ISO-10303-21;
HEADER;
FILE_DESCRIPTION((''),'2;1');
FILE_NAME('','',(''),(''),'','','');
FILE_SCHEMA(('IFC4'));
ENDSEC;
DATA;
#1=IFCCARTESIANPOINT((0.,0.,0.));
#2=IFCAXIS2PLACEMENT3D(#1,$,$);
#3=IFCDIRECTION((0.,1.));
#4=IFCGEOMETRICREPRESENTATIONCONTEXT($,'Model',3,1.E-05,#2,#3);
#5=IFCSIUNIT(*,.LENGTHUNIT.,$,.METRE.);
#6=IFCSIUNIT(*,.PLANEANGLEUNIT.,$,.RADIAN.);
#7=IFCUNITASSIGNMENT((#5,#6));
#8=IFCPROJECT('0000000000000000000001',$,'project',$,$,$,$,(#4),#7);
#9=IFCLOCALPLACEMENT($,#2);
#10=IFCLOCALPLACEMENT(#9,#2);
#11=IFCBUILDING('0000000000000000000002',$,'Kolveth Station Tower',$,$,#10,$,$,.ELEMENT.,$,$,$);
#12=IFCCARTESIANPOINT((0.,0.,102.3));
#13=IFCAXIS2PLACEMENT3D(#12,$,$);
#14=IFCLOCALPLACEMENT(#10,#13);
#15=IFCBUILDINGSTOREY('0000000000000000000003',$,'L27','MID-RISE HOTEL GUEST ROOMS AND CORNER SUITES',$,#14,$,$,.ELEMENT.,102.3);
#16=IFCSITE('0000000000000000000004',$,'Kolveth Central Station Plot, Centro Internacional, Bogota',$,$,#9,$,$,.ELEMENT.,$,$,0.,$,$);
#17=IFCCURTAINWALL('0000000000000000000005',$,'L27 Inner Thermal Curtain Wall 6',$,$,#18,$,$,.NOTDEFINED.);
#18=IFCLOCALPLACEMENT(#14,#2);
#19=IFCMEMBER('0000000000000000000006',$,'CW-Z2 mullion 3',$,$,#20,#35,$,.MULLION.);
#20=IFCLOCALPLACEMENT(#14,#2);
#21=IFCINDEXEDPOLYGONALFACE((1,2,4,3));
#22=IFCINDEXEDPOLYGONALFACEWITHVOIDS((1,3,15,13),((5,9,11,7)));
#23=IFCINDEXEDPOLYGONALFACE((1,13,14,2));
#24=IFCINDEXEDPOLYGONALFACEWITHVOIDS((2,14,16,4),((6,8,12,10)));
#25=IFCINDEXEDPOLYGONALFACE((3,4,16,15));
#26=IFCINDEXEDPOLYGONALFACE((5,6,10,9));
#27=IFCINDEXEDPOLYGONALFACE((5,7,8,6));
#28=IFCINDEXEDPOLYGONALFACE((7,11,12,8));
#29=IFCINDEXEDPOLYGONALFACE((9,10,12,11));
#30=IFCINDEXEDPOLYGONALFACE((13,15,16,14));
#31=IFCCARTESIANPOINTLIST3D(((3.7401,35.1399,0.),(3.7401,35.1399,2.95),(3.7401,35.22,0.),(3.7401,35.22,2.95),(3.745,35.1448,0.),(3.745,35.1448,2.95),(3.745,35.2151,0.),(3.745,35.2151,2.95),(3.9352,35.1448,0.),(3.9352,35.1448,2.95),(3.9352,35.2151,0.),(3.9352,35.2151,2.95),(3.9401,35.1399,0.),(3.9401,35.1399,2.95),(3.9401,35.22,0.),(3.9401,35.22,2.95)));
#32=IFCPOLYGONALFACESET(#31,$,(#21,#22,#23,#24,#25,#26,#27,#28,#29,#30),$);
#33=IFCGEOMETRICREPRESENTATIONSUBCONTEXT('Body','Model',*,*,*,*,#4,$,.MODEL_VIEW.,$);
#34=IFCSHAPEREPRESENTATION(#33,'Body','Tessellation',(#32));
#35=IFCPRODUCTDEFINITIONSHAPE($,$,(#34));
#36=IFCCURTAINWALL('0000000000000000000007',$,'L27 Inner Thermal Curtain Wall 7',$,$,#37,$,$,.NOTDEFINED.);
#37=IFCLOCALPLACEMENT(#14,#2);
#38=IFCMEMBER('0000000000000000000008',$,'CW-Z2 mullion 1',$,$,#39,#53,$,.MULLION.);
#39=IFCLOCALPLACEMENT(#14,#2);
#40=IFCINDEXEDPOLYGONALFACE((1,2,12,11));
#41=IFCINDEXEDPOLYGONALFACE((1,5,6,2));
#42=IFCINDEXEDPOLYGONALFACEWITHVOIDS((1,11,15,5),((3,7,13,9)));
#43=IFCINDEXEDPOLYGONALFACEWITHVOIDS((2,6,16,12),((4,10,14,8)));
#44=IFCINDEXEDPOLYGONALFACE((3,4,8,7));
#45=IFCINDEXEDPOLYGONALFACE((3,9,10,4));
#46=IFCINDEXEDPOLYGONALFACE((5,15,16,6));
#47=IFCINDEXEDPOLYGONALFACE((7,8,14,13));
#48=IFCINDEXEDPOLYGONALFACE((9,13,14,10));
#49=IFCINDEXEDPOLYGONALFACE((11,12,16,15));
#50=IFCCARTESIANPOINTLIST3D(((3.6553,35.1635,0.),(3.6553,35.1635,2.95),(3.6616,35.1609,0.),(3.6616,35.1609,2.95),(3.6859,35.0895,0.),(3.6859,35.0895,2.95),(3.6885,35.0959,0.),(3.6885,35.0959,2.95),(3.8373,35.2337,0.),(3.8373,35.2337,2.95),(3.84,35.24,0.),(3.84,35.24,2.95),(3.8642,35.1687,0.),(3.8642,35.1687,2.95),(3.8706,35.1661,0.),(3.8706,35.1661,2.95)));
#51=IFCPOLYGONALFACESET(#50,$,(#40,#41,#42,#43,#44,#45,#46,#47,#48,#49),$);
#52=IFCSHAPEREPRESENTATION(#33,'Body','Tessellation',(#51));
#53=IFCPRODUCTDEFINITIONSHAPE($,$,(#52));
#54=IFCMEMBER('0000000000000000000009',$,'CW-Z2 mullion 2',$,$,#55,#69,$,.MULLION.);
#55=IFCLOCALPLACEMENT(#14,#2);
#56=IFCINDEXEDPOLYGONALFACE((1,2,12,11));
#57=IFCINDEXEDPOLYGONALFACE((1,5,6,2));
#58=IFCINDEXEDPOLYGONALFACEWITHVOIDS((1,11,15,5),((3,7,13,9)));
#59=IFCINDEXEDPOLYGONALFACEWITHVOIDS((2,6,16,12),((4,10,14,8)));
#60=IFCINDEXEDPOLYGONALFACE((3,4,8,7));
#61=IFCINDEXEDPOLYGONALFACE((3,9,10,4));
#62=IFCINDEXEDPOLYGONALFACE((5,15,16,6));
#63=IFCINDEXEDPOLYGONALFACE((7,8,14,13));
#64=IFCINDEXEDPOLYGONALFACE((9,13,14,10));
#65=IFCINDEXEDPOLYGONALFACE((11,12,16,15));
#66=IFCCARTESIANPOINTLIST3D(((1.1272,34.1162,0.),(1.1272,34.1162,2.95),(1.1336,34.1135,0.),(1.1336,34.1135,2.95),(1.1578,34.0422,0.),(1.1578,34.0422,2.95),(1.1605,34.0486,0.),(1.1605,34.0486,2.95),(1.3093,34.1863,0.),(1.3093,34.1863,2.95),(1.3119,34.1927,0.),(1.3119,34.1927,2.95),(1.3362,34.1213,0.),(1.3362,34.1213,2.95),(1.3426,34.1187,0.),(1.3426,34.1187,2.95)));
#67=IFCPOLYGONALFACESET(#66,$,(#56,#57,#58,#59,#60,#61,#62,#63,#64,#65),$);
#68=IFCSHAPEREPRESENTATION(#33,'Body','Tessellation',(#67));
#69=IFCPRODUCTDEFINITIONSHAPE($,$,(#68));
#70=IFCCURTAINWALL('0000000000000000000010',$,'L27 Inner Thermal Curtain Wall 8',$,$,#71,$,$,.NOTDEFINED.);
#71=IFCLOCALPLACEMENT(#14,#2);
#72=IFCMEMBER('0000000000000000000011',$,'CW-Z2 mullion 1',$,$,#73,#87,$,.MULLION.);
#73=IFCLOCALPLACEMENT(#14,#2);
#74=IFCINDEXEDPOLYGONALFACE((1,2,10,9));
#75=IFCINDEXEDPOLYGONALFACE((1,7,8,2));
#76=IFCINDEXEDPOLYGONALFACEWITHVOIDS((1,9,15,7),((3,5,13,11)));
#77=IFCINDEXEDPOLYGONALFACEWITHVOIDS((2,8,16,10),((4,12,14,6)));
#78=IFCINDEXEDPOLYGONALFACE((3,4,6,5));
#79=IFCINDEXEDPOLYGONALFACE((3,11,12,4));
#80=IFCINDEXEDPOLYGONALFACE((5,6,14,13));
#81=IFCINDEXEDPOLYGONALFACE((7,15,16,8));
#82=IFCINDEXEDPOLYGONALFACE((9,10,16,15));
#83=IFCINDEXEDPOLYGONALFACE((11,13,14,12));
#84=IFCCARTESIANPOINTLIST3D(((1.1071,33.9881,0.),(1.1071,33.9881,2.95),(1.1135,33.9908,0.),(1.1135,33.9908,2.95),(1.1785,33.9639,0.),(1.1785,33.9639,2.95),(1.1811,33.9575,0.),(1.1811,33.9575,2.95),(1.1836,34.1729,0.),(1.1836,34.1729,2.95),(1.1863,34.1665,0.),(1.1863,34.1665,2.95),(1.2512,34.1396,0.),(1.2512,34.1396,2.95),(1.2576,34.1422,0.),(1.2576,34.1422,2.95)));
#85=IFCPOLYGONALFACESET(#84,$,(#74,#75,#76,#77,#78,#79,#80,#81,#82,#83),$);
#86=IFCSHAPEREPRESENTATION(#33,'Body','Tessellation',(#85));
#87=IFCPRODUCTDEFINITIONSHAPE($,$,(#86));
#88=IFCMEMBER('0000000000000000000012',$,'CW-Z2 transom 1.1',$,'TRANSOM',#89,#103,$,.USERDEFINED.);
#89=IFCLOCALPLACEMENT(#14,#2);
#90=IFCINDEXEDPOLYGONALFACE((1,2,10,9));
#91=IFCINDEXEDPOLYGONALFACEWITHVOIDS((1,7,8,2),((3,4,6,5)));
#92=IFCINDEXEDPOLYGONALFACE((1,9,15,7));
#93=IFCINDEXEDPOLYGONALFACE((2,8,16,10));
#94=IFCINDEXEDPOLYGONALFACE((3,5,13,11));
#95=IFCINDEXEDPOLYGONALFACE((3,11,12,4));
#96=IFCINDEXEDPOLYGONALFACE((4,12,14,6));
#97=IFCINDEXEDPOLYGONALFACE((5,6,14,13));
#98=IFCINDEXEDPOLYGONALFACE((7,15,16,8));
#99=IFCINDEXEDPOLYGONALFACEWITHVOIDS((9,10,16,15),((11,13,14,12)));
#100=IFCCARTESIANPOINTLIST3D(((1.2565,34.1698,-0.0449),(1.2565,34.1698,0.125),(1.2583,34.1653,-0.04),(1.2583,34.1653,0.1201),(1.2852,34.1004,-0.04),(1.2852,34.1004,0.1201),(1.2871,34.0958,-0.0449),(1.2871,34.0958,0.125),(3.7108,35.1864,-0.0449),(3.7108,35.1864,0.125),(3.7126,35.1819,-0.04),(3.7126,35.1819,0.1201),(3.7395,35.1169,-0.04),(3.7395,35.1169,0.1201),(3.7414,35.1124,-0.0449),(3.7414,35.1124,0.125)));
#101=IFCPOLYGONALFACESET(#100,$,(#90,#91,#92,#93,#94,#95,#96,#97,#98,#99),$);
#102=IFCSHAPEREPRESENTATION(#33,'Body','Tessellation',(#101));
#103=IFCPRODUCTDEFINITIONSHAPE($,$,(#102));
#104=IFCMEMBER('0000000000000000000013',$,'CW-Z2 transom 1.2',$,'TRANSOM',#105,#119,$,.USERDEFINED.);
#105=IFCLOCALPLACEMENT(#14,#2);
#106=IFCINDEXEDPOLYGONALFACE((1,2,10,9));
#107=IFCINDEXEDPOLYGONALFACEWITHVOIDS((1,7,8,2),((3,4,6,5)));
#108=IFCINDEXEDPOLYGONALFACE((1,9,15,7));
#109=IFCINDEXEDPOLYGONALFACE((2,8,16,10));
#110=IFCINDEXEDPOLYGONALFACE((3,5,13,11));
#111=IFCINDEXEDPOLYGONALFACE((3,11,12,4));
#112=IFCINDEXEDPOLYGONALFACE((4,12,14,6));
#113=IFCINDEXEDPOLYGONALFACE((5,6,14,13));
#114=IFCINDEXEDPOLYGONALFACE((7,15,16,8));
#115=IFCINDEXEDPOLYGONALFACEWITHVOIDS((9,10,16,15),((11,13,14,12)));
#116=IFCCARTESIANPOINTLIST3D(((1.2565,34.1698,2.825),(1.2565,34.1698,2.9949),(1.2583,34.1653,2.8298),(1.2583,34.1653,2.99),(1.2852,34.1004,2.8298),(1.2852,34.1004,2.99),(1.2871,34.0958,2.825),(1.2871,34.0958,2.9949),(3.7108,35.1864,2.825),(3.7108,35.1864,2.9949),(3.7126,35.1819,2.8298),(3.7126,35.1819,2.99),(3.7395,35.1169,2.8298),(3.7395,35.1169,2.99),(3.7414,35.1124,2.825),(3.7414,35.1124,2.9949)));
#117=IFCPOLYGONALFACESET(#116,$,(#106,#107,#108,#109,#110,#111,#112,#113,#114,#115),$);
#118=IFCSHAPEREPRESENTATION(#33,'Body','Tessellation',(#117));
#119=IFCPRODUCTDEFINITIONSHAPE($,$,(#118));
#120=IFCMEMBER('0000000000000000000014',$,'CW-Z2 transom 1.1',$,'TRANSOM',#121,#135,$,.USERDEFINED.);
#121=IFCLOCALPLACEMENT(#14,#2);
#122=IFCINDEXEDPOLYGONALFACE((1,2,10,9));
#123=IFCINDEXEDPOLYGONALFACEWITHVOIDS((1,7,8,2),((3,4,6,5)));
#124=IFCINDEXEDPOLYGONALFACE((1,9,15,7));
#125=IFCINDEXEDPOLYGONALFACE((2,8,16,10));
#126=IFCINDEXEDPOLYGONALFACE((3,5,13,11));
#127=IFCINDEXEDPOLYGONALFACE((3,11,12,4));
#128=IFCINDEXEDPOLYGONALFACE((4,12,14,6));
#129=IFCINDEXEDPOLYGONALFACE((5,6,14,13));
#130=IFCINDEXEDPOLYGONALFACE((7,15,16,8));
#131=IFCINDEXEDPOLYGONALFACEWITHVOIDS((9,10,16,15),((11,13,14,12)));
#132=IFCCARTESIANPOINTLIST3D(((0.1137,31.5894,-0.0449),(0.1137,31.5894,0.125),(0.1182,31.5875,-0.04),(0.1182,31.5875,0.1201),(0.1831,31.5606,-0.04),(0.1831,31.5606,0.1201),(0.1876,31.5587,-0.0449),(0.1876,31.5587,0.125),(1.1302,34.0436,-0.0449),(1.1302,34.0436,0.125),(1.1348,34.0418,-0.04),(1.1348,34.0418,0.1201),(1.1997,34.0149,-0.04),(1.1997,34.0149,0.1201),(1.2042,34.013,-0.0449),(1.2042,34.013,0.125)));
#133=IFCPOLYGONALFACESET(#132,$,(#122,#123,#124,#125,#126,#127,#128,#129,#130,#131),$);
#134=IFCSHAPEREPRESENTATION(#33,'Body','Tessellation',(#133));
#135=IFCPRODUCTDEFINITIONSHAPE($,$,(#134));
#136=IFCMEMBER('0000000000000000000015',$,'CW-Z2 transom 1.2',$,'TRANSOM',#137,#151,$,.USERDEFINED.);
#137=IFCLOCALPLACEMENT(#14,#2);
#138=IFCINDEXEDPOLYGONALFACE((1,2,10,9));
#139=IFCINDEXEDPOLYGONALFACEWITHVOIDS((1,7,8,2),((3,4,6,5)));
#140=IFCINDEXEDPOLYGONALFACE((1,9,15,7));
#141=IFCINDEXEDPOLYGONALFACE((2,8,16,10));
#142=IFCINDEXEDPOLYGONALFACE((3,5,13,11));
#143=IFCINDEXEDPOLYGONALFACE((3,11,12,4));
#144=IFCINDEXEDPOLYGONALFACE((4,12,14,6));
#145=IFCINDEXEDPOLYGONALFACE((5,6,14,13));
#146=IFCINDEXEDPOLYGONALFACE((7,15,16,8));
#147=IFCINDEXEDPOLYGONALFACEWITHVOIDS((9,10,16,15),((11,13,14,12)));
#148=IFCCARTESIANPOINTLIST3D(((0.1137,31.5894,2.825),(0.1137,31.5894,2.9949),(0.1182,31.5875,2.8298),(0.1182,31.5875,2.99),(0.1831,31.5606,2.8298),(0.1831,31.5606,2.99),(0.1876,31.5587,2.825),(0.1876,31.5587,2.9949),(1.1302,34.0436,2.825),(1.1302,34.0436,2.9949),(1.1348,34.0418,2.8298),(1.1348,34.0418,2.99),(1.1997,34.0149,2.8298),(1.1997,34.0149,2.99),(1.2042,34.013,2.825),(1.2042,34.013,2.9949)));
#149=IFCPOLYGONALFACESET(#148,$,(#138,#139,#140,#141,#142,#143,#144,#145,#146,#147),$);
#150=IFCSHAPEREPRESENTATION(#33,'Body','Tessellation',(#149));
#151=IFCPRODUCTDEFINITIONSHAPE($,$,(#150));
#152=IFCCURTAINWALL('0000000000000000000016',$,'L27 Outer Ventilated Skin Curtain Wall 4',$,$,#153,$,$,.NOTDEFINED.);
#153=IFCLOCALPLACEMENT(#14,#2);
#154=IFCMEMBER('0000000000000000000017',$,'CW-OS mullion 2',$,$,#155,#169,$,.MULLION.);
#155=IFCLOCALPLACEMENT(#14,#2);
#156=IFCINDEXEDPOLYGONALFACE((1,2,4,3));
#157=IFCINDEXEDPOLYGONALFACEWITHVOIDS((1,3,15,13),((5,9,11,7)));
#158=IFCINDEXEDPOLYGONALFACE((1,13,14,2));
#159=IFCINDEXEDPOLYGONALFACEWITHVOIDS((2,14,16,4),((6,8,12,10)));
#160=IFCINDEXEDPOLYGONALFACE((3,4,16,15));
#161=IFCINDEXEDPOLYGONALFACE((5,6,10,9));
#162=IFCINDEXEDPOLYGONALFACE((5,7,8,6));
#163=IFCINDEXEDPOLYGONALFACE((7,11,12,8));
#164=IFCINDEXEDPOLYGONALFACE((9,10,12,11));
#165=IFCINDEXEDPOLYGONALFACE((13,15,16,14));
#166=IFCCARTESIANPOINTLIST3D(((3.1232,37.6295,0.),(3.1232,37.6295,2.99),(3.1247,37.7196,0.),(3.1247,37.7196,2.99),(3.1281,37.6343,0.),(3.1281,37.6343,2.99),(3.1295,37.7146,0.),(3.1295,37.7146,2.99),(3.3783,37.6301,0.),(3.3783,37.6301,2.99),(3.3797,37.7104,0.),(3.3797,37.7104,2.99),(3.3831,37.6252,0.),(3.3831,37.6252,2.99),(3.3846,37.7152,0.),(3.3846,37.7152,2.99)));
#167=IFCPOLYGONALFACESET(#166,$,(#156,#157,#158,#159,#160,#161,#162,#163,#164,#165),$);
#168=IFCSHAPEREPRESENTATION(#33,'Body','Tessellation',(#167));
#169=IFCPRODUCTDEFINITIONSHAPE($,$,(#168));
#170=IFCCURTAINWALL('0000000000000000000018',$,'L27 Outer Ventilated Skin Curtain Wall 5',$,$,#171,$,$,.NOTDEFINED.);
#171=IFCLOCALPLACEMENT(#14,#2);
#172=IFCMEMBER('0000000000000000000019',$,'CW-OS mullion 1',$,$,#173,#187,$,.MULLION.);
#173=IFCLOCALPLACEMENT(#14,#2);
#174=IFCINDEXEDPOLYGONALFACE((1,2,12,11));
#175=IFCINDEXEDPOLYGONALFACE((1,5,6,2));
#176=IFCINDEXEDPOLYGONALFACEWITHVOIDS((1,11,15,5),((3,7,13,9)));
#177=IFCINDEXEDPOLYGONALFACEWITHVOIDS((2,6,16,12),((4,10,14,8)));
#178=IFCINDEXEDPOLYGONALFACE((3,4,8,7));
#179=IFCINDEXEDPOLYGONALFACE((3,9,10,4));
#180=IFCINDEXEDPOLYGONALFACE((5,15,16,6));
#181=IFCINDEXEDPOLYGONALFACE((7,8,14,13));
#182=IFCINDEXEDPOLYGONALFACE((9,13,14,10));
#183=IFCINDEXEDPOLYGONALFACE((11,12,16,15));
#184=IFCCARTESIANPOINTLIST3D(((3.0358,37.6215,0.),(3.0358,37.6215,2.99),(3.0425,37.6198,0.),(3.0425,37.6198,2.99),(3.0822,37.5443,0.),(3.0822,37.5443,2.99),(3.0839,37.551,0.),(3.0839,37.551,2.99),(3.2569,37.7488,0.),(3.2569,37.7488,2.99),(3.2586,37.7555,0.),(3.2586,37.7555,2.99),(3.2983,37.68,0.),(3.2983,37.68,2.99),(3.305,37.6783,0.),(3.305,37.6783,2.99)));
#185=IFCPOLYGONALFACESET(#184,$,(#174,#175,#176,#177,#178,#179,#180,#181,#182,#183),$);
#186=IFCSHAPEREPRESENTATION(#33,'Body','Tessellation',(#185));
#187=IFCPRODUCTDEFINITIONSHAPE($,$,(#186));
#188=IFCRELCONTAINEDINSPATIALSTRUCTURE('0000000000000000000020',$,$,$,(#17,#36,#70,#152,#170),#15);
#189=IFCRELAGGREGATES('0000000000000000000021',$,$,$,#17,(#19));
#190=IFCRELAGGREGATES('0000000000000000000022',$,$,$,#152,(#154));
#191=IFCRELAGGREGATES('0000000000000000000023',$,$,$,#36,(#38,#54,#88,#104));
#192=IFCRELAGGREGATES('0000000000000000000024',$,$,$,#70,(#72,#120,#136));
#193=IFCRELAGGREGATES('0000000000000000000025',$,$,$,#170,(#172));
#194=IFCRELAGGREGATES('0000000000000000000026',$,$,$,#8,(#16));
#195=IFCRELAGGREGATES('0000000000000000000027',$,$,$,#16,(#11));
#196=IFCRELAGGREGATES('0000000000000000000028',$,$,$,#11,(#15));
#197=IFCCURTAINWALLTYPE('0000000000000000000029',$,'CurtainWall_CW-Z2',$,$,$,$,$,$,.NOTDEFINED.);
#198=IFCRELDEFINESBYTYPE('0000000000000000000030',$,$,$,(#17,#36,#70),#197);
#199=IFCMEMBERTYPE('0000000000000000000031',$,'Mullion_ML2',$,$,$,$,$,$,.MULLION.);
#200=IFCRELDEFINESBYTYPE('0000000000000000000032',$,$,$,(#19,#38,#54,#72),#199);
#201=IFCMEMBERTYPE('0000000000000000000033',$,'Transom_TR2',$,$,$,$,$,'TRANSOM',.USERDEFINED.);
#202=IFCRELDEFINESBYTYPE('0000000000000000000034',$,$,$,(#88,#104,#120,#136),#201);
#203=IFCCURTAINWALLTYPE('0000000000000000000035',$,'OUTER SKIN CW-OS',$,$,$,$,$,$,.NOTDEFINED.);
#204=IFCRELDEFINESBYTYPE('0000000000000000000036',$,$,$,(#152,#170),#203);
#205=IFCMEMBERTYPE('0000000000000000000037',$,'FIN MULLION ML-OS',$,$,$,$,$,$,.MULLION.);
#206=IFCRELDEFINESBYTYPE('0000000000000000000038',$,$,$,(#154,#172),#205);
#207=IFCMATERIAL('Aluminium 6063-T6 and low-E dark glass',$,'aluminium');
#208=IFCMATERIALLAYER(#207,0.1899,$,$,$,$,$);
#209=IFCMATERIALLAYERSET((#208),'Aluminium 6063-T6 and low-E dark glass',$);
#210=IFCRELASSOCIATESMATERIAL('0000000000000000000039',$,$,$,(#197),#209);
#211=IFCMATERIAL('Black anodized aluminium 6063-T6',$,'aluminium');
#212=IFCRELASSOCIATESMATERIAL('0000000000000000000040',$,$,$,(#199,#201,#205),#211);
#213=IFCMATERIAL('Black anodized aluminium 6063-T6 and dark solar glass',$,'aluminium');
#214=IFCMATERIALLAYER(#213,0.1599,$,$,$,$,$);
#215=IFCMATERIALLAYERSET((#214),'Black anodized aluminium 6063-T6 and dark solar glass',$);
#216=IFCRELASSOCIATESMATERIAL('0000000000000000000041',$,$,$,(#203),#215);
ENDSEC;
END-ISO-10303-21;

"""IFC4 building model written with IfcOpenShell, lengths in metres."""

from ifc_helpers import new_model, si_unit, direction, frame, origin, origin_2d, place, context, subcontext, project, spatial, hollow_rectangle, extrude, source, transform, mapped, material, layer, layer_set, material_profile, profile_set, type_object, element, aggregate, save


model = new_model("IFC4")

# Units and contexts
model_context = context("Model", 3, precision=1e-05, world=origin(), true_north=direction((0.0, 1.0)))
body_context = subcontext(model_context, "Body", "Model", "MODEL_VIEW")
ifc_project = project(units=[si_unit("LENGTHUNIT", "METRE"), si_unit("PLANEANGLEUNIT", "RADIAN")], contexts=[model_context])

# Site, building, storey
site_placement = place(None, origin())
site = spatial("IfcSite", under=ifc_project, at=site_placement, Name="Kolveth Central Station Plot, Centro Internacional, Bogota", CompositionType="ELEMENT", RefElevation=0.0)
building_placement = place(site_placement, origin())
building = spatial("IfcBuilding", under=site, at=building_placement, Name="Kolveth Station Tower", CompositionType="ELEMENT")
storey_placement = place(building_placement, frame((0.0, 0.0, 102.3)))
storey = spatial("IfcBuildingStorey", under=building, at=storey_placement, Name="L27", Description="MID-RISE HOTEL GUEST ROOMS AND CORNER SUITES", CompositionType="ELEMENT", Elevation=102.3)

# Curtain wall, member
ifc_material_1 = material(Name="Aluminium 6063-T6 and low-E dark glass", Category="aluminium")
ifc_layer_1 = layer(ifc_material_1, 0.1899)
ifc_layer_set_1 = layer_set([ifc_layer_1], Name="Aluminium 6063-T6 and low-E dark glass")
curtain_wall_type_1 = type_object("IfcCurtainWallType", Name="CurtainWall_CW-Z2", PredefinedType="NOTDEFINED", material=ifc_layer_set_1)
curtain_wall_1_placement = place(storey_placement, origin())
curtain_wall_1 = element("IfcCurtainWall", 1, at=curtain_wall_1_placement, inside=storey, type_object=curtain_wall_type_1, Name="L27 Inner Thermal Curtain Wall 6", PredefinedType="NOTDEFINED")
ifc_material_2 = material(Name="Black anodized aluminium 6063-T6", Category="aluminium")
ifc_material_profile_1 = material_profile(ifc_material_2, hollow_rectangle(XDim=0.0801, YDim=0.2, WallThickness=0.0049, at=origin_2d()), Name="ALU-80x200x5")
ifc_profile_set_1 = profile_set([ifc_material_profile_1], Name="Black anodized aluminium 6063-T6")
member_type_1 = type_object("IfcMemberType", Name="Mullion_ML2", PredefinedType="MULLION", material=ifc_profile_set_1)
shared_shape_1 = source(origin(), body_context, "Body", "SweptSolid", [
    extrude(hollow_rectangle(XDim=0.0801, YDim=0.2, WallThickness=0.0049, at=origin_2d()), origin(), (0.0, 0.0, 1.0), 2.95),
])
member_1_placement = place(storey_placement, frame((3.8401, 35.1799, 0.0), z_axis=(0.0, 0.0, 1.0), x_axis=(0.0, -1.0, 0.0)))
member_1 = element("IfcMember", 2, at=member_1_placement, type_object=member_type_1, Name="CW-Z2 mullion 3", PredefinedType="MULLION", context=body_context, shape_type="MappedRepresentation", body=[
    mapped(shared_shape_1, transform((0.0, 0.0, 0.0), x_axis=(1.0, 0.0, 0.0), y_axis=(0.0, 1.0, 0.0), z_axis=(0.0, 0.0, 1.0), scale=1.0)),
])
aggregate(curtain_wall_1, [member_1])

# Curtain wall, members
curtain_wall_2_placement = place(storey_placement, origin())
curtain_wall_2 = element("IfcCurtainWall", 3, at=curtain_wall_2_placement, inside=storey, type_object=curtain_wall_type_1, Name="L27 Inner Thermal Curtain Wall 7", PredefinedType="NOTDEFINED")
member_2_placement = place(storey_placement, frame((3.7629, 35.1648, 0.0), z_axis=(0.0, 0.0, 1.0), x_axis=(0.382663, -0.923888, 0.0)))
member_2 = element("IfcMember", 4, at=member_2_placement, type_object=member_type_1, Name="CW-Z2 mullion 1", PredefinedType="MULLION", context=body_context, shape_type="MappedRepresentation", body=[
    mapped(shared_shape_1, transform((0.0, 0.0, 0.0), x_axis=(1.0, 0.0, 0.0), y_axis=(0.0, 1.0, 0.0), z_axis=(0.0, 0.0, 1.0), scale=1.0)),
])
member_3_placement = place(storey_placement, frame((1.2349, 34.1174, 0.0), z_axis=(0.0, 0.0, 1.0), x_axis=(0.382663, -0.923888, 0.0)))
member_3 = element("IfcMember", 5, at=member_3_placement, type_object=member_type_1, Name="CW-Z2 mullion 2", PredefinedType="MULLION", context=body_context, shape_type="MappedRepresentation", body=[
    mapped(shared_shape_1, transform((0.0, 0.0, 0.0), x_axis=(1.0, 0.0, 0.0), y_axis=(0.0, 1.0, 0.0), z_axis=(0.0, 0.0, 1.0), scale=1.0)),
])

# Curtain wall, member
curtain_wall_3_placement = place(storey_placement, origin())
curtain_wall_3 = element("IfcCurtainWall", 6, at=curtain_wall_3_placement, inside=storey, type_object=curtain_wall_type_1, Name="L27 Inner Thermal Curtain Wall 8", PredefinedType="NOTDEFINED")
member_4_placement = place(storey_placement, frame((1.1824, 34.0652, 0.0), z_axis=(0.0, 0.0, 1.0), x_axis=(0.923888, -0.382663, 0.0)))
member_4 = element("IfcMember", 7, at=member_4_placement, type_object=member_type_1, Name="CW-Z2 mullion 1", PredefinedType="MULLION", context=body_context, shape_type="MappedRepresentation", body=[
    mapped(shared_shape_1, transform((0.0, 0.0, 0.0), x_axis=(1.0, 0.0, 0.0), y_axis=(0.0, 1.0, 0.0), z_axis=(0.0, 0.0, 1.0), scale=1.0)),
])

# Members
ifc_material_profile_2 = material_profile(ifc_material_2, hollow_rectangle(XDim=0.0801, YDim=0.1699, WallThickness=0.0049, at=origin_2d()), Name="ALU-80x170x5")
ifc_profile_set_2 = profile_set([ifc_material_profile_2], Name="Black anodized aluminium 6063-T6")
member_type_2 = type_object("IfcMemberType", Name="Transom_TR2", ElementType="TRANSOM", PredefinedType="USERDEFINED", material=ifc_profile_set_2)
shared_shape_2 = source(origin(), body_context, "Body", "SweptSolid", [
    extrude(hollow_rectangle(XDim=0.0801, YDim=0.1699, WallThickness=0.0049, at=origin_2d()), origin(), (0.0, 0.0, 1.0), 2.6565),
])
member_5_placement = place(storey_placement, frame((3.7261, 35.1494, 0.04), z_axis=(-0.923882, -0.382676, 0.0), x_axis=(0.382676, -0.923882, 0.0)))
member_5 = element("IfcMember", 8, at=member_5_placement, type_object=member_type_2, Name="CW-Z2 transom 1.1", ObjectType="TRANSOM", PredefinedType="USERDEFINED", context=body_context, shape_type="MappedRepresentation", body=[
    mapped(shared_shape_2, transform((0.0, 0.0, 0.0), x_axis=(1.0, 0.0, 0.0), y_axis=(0.0, 1.0, 0.0), z_axis=(0.0, 0.0, 1.0), scale=1.0)),
])
member_6_placement = place(storey_placement, frame((3.7261, 35.1494, 2.9099), z_axis=(-0.923882, -0.382676, 0.0), x_axis=(0.382676, -0.923882, 0.0)))
member_6 = element("IfcMember", 9, at=member_6_placement, type_object=member_type_2, Name="CW-Z2 transom 1.2", ObjectType="TRANSOM", PredefinedType="USERDEFINED", context=body_context, shape_type="MappedRepresentation", body=[
    mapped(shared_shape_2, transform((0.0, 0.0, 0.0), x_axis=(1.0, 0.0, 0.0), y_axis=(0.0, 1.0, 0.0), z_axis=(0.0, 0.0, 1.0), scale=1.0)),
])
member_7_placement = place(storey_placement, frame((1.1672, 34.0283, 0.04), z_axis=(-0.382676, -0.923882, 0.0), x_axis=(0.923882, -0.382676, 0.0)))
member_7 = element("IfcMember", 10, at=member_7_placement, type_object=member_type_2, Name="CW-Z2 transom 1.1", ObjectType="TRANSOM", PredefinedType="USERDEFINED", context=body_context, shape_type="MappedRepresentation", body=[
    mapped(shared_shape_2, transform((0.0, 0.0, 0.0), x_axis=(1.0, 0.0, 0.0), y_axis=(0.0, 1.0, 0.0), z_axis=(0.0, 0.0, 1.0), scale=1.0)),
])
member_8_placement = place(storey_placement, frame((1.1672, 34.0283, 2.9099), z_axis=(-0.382676, -0.923882, 0.0), x_axis=(0.923882, -0.382676, 0.0)))
member_8 = element("IfcMember", 11, at=member_8_placement, type_object=member_type_2, Name="CW-Z2 transom 1.2", ObjectType="TRANSOM", PredefinedType="USERDEFINED", context=body_context, shape_type="MappedRepresentation", body=[
    mapped(shared_shape_2, transform((0.0, 0.0, 0.0), x_axis=(1.0, 0.0, 0.0), y_axis=(0.0, 1.0, 0.0), z_axis=(0.0, 0.0, 1.0), scale=1.0)),
])

# Curtain wall, member
ifc_material_3 = material(Name="Black anodized aluminium 6063-T6 and dark solar glass", Category="aluminium")
ifc_layer_2 = layer(ifc_material_3, 0.1599)
ifc_layer_set_2 = layer_set([ifc_layer_2], Name="Black anodized aluminium 6063-T6 and dark solar glass")
curtain_wall_type_2 = type_object("IfcCurtainWallType", Name="OUTER SKIN CW-OS", PredefinedType="NOTDEFINED", material=ifc_layer_set_2)
curtain_wall_4_placement = place(storey_placement, origin())
curtain_wall_4 = element("IfcCurtainWall", 12, at=curtain_wall_4_placement, inside=storey, type_object=curtain_wall_type_2, Name="L27 Outer Ventilated Skin Curtain Wall 4", PredefinedType="NOTDEFINED")
ifc_material_profile_3 = material_profile(ifc_material_2, hollow_rectangle(XDim=0.0901, YDim=0.26, WallThickness=0.0049, at=origin_2d()), Name="ALU-90x260x5")
ifc_profile_set_3 = profile_set([ifc_material_profile_3], Name="Black anodized aluminium 6063-T6")
member_type_3 = type_object("IfcMemberType", Name="FIN MULLION ML-OS", PredefinedType="MULLION", material=ifc_profile_set_3)
shared_shape_3 = source(origin(), body_context, "Body", "SweptSolid", [
    extrude(hollow_rectangle(XDim=0.0901, YDim=0.26, WallThickness=0.0049, at=origin_2d()), origin(), (0.0, 0.0, 1.0), 2.99),
])
member_9_placement = place(storey_placement, frame((3.2539, 37.6724, 0.0), z_axis=(0.0, 0.0, 1.0), x_axis=(-0.016712, -0.99986, 0.0)))
member_9 = element("IfcMember", 13, at=member_9_placement, type_object=member_type_3, Name="CW-OS mullion 2", PredefinedType="MULLION", context=body_context, shape_type="MappedRepresentation", body=[
    mapped(shared_shape_3, transform((0.0, 0.0, 0.0), x_axis=(1.0, 0.0, 0.0), y_axis=(0.0, 1.0, 0.0), z_axis=(0.0, 0.0, 1.0), scale=1.0)),
])
aggregate(curtain_wall_4, [member_9])

# Curtain wall, member
curtain_wall_5_placement = place(storey_placement, origin())
curtain_wall_5 = element("IfcCurtainWall", 14, at=curtain_wall_5_placement, inside=storey, type_object=curtain_wall_type_2, Name="L27 Outer Ventilated Skin Curtain Wall 5", PredefinedType="NOTDEFINED")
member_10_placement = place(storey_placement, frame((3.1704, 37.6499, 0.0), z_axis=(0.0, 0.0, 1.0), x_axis=(0.515536, -0.856868, 0.0)))
member_10 = element("IfcMember", 15, at=member_10_placement, type_object=member_type_3, Name="CW-OS mullion 1", PredefinedType="MULLION", context=body_context, shape_type="MappedRepresentation", body=[
    mapped(shared_shape_3, transform((0.0, 0.0, 0.0), x_axis=(1.0, 0.0, 0.0), y_axis=(0.0, 1.0, 0.0), z_axis=(0.0, 0.0, 1.0), scale=1.0)),
])

aggregate(curtain_wall_2, [member_2, member_3, member_5, member_6])
aggregate(curtain_wall_3, [member_4, member_7, member_8])
aggregate(curtain_wall_5, [member_10])

save(model, "model.ifc")
